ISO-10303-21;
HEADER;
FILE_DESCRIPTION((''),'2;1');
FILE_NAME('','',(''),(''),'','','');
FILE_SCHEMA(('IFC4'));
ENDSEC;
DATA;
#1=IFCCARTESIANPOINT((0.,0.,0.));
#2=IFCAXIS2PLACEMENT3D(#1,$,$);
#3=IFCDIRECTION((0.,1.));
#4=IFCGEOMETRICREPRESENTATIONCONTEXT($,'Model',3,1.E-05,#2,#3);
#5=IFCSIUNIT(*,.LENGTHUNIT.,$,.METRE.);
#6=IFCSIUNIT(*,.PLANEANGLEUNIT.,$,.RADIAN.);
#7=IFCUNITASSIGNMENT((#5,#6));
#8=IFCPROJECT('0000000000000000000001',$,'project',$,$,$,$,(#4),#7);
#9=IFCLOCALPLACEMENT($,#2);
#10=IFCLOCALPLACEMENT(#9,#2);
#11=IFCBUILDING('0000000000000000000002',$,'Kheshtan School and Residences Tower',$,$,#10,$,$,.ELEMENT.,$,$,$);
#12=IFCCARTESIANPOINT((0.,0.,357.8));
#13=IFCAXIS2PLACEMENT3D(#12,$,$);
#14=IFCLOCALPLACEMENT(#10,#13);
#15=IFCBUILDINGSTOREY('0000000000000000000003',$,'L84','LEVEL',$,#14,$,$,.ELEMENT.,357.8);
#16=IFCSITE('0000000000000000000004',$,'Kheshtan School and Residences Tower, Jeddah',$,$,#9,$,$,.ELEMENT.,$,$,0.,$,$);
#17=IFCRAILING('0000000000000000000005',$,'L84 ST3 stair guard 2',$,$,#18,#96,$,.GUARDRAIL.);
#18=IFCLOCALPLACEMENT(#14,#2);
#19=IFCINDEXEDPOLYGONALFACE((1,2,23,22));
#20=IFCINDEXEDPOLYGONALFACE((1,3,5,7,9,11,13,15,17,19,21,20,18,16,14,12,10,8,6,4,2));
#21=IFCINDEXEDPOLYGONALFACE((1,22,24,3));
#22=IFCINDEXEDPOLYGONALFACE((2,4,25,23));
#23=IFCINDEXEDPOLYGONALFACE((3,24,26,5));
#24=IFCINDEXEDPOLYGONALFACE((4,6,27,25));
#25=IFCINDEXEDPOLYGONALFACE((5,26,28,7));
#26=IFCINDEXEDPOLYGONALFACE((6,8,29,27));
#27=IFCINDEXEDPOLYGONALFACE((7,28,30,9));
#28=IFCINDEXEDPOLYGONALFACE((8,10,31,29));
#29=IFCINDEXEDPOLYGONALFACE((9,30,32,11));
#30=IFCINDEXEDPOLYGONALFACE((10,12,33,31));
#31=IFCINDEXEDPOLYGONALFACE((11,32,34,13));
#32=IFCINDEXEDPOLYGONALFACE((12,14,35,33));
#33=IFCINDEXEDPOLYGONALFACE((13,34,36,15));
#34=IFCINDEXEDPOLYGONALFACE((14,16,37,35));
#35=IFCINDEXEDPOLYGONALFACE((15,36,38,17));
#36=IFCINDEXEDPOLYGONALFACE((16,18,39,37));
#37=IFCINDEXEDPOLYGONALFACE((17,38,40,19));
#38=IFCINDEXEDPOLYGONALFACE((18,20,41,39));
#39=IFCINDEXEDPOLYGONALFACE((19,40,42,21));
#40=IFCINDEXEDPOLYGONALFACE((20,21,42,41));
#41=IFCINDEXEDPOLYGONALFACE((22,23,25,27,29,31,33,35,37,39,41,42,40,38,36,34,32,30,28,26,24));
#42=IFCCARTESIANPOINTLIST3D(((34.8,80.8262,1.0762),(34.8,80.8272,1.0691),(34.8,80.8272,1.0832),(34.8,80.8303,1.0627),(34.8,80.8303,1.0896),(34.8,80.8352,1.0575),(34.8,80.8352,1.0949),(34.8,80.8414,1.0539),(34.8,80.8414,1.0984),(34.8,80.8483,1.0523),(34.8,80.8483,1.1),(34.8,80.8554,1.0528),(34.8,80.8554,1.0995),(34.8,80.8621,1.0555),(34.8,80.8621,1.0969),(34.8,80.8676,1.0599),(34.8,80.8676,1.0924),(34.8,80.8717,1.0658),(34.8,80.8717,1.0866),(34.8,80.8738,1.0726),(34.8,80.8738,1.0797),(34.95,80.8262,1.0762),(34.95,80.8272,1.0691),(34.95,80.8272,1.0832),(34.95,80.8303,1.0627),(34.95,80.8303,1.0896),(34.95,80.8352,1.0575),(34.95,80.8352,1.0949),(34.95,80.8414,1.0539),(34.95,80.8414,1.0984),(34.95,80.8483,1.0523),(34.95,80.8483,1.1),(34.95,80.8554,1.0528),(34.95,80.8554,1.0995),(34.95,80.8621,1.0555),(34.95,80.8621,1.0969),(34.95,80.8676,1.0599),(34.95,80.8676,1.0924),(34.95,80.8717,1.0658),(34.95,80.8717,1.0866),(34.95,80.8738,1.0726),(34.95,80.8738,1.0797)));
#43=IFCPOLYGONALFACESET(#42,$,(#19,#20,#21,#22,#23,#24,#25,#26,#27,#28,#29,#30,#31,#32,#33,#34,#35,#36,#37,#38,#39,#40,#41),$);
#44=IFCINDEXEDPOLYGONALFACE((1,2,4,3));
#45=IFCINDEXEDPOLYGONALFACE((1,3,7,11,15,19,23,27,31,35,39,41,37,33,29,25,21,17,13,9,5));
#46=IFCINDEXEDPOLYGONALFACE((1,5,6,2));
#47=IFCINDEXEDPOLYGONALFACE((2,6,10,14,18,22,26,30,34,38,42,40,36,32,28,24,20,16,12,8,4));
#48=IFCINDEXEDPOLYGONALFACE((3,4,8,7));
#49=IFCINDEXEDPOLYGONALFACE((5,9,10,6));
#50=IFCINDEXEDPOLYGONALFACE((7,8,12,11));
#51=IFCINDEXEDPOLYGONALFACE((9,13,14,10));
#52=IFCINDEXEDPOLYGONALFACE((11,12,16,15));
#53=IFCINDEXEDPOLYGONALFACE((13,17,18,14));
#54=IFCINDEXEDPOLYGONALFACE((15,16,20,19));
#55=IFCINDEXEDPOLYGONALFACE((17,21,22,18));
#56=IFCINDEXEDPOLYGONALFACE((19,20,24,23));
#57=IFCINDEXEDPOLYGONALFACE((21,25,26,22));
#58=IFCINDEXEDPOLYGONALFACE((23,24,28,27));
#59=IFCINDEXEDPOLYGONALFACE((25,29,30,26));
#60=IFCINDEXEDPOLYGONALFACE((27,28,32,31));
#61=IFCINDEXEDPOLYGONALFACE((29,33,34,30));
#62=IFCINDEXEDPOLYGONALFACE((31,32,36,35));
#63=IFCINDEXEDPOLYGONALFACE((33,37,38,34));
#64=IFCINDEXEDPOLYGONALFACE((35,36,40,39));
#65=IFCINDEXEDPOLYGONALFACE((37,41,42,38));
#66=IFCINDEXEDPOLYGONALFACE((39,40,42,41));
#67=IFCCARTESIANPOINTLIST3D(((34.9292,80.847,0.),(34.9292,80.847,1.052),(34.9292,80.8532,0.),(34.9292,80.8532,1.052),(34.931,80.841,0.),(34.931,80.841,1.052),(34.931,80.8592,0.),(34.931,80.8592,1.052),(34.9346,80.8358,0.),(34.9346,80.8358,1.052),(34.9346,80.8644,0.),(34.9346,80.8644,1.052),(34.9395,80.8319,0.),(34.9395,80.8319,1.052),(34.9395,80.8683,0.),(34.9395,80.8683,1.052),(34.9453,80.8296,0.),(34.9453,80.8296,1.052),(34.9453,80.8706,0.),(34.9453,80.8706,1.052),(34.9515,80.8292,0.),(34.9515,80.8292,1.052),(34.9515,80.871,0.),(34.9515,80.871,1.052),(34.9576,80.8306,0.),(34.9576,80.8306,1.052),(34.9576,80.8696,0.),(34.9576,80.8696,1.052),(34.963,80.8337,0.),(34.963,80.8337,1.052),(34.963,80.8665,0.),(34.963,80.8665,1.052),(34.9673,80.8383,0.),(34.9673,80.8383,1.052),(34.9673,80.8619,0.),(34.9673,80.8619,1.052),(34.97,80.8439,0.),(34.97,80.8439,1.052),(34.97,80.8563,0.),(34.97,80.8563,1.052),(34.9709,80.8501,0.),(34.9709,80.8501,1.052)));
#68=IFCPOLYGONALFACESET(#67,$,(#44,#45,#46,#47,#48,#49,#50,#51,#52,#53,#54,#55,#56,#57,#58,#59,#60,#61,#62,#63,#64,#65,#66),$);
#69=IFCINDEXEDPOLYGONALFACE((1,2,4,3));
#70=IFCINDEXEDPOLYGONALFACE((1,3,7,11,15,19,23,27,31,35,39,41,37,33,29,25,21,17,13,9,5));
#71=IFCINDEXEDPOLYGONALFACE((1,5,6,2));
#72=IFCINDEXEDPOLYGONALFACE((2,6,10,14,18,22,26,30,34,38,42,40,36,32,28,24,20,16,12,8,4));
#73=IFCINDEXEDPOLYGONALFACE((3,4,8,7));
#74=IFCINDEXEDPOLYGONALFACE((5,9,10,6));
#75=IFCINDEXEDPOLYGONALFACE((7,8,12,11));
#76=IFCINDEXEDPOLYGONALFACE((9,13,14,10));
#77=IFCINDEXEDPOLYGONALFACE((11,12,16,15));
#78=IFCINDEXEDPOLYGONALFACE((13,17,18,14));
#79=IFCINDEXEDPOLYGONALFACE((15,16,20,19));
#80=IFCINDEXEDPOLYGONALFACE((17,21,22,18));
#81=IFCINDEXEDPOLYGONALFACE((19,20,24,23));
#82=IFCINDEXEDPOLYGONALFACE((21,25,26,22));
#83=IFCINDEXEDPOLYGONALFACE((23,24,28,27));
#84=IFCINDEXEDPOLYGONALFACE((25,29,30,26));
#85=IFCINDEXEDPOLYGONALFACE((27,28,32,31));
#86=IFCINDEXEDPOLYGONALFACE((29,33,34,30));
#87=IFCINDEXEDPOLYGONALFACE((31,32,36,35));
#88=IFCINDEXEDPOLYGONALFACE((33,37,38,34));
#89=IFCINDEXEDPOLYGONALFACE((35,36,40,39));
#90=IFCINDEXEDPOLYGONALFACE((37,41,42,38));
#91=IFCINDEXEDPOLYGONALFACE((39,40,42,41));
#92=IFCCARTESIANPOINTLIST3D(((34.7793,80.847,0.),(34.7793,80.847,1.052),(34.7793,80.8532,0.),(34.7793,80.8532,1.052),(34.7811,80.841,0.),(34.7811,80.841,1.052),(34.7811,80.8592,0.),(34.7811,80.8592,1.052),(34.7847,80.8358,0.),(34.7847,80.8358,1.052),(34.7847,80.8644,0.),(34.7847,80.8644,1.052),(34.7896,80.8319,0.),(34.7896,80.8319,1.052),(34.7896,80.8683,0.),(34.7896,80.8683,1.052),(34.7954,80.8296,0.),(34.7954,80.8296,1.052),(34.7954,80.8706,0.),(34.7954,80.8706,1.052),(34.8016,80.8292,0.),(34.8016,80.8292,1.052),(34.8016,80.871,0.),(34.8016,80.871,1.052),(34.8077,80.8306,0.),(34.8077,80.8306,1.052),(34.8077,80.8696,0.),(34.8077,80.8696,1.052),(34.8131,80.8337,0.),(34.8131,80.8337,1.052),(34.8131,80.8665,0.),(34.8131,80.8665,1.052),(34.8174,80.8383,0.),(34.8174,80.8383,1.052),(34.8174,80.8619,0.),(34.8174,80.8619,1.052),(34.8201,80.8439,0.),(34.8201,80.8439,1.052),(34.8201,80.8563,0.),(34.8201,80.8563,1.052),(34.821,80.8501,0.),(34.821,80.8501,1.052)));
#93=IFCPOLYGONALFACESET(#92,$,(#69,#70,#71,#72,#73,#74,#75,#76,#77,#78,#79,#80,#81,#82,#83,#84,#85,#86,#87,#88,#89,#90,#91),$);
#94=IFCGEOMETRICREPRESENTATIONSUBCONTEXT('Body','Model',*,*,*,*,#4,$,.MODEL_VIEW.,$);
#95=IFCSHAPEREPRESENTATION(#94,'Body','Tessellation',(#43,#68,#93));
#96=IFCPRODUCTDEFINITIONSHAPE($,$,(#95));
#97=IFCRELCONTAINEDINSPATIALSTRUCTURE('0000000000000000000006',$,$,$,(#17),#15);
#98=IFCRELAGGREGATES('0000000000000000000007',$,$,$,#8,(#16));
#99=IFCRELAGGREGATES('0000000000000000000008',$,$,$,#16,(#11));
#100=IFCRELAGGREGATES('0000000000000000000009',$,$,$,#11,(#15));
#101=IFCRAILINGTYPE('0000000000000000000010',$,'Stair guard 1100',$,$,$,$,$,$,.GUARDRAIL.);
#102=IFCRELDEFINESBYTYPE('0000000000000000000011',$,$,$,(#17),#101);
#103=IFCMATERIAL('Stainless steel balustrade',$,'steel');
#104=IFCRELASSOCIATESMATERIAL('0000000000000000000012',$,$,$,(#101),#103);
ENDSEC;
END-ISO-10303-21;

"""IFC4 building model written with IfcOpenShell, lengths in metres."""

from ifc_helpers import new_model, si_unit, direction, frame, origin, origin_2d, place, context, subcontext, project, spatial, circle, extrude, material, type_object, element, save


model = new_model("IFC4")

# Units and contexts
model_context = context("Model", 3, precision=1e-05, world=origin(), true_north=direction((0.0, 1.0)))
body_context = subcontext(model_context, "Body", "Model", "MODEL_VIEW")
ifc_project = project(units=[si_unit("LENGTHUNIT", "METRE"), si_unit("PLANEANGLEUNIT", "RADIAN")], contexts=[model_context])

# Site, building, storey
site_placement = place(None, origin())
site = spatial("IfcSite", under=ifc_project, at=site_placement, Name="Kheshtan School and Residences Tower, Jeddah", CompositionType="ELEMENT", RefElevation=0.0)
building_placement = place(site_placement, origin())
building = spatial("IfcBuilding", under=site, at=building_placement, Name="Kheshtan School and Residences Tower", CompositionType="ELEMENT")
storey_placement = place(building_placement, frame((0.0, 0.0, 357.8)))
storey = spatial("IfcBuildingStorey", under=building, at=storey_placement, Name="L84", Description="LEVEL", CompositionType="ELEMENT", Elevation=357.8)

# Railing
ifc_material_1 = material(Name="Stainless steel balustrade", Category="steel")
railing_type_1 = type_object("IfcRailingType", Name="Stair guard 1100", PredefinedType="GUARDRAIL", material=ifc_material_1)
railing_1_placement = place(storey_placement, frame((34.95, 80.8501, 0.0)))
element("IfcRailing", 1, at=railing_1_placement, inside=storey, type_object=railing_type_1, Name="L84 ST3 stair guard 2", PredefinedType="GUARDRAIL", context=body_context, shape_type="SweptSolid", body=[
    extrude(circle(Radius=0.0239, at=origin_2d()), frame((0.0, 0.0, 1.0762), z_axis=(-1.0, 0.0, 0.0), x_axis=(0.0, -1.0, 0.0)), (0.0, 0.0, 1.0), 0.1499),
    extrude(circle(Radius=0.021, at=origin_2d()), origin(), (0.0, 0.0, 1.0), 1.052),
    extrude(circle(Radius=0.021, at=origin_2d()), frame((-0.1499, 0.0, 0.0)), (0.0, 0.0, 1.0), 1.052),
])

save(model, "model.ifc")
